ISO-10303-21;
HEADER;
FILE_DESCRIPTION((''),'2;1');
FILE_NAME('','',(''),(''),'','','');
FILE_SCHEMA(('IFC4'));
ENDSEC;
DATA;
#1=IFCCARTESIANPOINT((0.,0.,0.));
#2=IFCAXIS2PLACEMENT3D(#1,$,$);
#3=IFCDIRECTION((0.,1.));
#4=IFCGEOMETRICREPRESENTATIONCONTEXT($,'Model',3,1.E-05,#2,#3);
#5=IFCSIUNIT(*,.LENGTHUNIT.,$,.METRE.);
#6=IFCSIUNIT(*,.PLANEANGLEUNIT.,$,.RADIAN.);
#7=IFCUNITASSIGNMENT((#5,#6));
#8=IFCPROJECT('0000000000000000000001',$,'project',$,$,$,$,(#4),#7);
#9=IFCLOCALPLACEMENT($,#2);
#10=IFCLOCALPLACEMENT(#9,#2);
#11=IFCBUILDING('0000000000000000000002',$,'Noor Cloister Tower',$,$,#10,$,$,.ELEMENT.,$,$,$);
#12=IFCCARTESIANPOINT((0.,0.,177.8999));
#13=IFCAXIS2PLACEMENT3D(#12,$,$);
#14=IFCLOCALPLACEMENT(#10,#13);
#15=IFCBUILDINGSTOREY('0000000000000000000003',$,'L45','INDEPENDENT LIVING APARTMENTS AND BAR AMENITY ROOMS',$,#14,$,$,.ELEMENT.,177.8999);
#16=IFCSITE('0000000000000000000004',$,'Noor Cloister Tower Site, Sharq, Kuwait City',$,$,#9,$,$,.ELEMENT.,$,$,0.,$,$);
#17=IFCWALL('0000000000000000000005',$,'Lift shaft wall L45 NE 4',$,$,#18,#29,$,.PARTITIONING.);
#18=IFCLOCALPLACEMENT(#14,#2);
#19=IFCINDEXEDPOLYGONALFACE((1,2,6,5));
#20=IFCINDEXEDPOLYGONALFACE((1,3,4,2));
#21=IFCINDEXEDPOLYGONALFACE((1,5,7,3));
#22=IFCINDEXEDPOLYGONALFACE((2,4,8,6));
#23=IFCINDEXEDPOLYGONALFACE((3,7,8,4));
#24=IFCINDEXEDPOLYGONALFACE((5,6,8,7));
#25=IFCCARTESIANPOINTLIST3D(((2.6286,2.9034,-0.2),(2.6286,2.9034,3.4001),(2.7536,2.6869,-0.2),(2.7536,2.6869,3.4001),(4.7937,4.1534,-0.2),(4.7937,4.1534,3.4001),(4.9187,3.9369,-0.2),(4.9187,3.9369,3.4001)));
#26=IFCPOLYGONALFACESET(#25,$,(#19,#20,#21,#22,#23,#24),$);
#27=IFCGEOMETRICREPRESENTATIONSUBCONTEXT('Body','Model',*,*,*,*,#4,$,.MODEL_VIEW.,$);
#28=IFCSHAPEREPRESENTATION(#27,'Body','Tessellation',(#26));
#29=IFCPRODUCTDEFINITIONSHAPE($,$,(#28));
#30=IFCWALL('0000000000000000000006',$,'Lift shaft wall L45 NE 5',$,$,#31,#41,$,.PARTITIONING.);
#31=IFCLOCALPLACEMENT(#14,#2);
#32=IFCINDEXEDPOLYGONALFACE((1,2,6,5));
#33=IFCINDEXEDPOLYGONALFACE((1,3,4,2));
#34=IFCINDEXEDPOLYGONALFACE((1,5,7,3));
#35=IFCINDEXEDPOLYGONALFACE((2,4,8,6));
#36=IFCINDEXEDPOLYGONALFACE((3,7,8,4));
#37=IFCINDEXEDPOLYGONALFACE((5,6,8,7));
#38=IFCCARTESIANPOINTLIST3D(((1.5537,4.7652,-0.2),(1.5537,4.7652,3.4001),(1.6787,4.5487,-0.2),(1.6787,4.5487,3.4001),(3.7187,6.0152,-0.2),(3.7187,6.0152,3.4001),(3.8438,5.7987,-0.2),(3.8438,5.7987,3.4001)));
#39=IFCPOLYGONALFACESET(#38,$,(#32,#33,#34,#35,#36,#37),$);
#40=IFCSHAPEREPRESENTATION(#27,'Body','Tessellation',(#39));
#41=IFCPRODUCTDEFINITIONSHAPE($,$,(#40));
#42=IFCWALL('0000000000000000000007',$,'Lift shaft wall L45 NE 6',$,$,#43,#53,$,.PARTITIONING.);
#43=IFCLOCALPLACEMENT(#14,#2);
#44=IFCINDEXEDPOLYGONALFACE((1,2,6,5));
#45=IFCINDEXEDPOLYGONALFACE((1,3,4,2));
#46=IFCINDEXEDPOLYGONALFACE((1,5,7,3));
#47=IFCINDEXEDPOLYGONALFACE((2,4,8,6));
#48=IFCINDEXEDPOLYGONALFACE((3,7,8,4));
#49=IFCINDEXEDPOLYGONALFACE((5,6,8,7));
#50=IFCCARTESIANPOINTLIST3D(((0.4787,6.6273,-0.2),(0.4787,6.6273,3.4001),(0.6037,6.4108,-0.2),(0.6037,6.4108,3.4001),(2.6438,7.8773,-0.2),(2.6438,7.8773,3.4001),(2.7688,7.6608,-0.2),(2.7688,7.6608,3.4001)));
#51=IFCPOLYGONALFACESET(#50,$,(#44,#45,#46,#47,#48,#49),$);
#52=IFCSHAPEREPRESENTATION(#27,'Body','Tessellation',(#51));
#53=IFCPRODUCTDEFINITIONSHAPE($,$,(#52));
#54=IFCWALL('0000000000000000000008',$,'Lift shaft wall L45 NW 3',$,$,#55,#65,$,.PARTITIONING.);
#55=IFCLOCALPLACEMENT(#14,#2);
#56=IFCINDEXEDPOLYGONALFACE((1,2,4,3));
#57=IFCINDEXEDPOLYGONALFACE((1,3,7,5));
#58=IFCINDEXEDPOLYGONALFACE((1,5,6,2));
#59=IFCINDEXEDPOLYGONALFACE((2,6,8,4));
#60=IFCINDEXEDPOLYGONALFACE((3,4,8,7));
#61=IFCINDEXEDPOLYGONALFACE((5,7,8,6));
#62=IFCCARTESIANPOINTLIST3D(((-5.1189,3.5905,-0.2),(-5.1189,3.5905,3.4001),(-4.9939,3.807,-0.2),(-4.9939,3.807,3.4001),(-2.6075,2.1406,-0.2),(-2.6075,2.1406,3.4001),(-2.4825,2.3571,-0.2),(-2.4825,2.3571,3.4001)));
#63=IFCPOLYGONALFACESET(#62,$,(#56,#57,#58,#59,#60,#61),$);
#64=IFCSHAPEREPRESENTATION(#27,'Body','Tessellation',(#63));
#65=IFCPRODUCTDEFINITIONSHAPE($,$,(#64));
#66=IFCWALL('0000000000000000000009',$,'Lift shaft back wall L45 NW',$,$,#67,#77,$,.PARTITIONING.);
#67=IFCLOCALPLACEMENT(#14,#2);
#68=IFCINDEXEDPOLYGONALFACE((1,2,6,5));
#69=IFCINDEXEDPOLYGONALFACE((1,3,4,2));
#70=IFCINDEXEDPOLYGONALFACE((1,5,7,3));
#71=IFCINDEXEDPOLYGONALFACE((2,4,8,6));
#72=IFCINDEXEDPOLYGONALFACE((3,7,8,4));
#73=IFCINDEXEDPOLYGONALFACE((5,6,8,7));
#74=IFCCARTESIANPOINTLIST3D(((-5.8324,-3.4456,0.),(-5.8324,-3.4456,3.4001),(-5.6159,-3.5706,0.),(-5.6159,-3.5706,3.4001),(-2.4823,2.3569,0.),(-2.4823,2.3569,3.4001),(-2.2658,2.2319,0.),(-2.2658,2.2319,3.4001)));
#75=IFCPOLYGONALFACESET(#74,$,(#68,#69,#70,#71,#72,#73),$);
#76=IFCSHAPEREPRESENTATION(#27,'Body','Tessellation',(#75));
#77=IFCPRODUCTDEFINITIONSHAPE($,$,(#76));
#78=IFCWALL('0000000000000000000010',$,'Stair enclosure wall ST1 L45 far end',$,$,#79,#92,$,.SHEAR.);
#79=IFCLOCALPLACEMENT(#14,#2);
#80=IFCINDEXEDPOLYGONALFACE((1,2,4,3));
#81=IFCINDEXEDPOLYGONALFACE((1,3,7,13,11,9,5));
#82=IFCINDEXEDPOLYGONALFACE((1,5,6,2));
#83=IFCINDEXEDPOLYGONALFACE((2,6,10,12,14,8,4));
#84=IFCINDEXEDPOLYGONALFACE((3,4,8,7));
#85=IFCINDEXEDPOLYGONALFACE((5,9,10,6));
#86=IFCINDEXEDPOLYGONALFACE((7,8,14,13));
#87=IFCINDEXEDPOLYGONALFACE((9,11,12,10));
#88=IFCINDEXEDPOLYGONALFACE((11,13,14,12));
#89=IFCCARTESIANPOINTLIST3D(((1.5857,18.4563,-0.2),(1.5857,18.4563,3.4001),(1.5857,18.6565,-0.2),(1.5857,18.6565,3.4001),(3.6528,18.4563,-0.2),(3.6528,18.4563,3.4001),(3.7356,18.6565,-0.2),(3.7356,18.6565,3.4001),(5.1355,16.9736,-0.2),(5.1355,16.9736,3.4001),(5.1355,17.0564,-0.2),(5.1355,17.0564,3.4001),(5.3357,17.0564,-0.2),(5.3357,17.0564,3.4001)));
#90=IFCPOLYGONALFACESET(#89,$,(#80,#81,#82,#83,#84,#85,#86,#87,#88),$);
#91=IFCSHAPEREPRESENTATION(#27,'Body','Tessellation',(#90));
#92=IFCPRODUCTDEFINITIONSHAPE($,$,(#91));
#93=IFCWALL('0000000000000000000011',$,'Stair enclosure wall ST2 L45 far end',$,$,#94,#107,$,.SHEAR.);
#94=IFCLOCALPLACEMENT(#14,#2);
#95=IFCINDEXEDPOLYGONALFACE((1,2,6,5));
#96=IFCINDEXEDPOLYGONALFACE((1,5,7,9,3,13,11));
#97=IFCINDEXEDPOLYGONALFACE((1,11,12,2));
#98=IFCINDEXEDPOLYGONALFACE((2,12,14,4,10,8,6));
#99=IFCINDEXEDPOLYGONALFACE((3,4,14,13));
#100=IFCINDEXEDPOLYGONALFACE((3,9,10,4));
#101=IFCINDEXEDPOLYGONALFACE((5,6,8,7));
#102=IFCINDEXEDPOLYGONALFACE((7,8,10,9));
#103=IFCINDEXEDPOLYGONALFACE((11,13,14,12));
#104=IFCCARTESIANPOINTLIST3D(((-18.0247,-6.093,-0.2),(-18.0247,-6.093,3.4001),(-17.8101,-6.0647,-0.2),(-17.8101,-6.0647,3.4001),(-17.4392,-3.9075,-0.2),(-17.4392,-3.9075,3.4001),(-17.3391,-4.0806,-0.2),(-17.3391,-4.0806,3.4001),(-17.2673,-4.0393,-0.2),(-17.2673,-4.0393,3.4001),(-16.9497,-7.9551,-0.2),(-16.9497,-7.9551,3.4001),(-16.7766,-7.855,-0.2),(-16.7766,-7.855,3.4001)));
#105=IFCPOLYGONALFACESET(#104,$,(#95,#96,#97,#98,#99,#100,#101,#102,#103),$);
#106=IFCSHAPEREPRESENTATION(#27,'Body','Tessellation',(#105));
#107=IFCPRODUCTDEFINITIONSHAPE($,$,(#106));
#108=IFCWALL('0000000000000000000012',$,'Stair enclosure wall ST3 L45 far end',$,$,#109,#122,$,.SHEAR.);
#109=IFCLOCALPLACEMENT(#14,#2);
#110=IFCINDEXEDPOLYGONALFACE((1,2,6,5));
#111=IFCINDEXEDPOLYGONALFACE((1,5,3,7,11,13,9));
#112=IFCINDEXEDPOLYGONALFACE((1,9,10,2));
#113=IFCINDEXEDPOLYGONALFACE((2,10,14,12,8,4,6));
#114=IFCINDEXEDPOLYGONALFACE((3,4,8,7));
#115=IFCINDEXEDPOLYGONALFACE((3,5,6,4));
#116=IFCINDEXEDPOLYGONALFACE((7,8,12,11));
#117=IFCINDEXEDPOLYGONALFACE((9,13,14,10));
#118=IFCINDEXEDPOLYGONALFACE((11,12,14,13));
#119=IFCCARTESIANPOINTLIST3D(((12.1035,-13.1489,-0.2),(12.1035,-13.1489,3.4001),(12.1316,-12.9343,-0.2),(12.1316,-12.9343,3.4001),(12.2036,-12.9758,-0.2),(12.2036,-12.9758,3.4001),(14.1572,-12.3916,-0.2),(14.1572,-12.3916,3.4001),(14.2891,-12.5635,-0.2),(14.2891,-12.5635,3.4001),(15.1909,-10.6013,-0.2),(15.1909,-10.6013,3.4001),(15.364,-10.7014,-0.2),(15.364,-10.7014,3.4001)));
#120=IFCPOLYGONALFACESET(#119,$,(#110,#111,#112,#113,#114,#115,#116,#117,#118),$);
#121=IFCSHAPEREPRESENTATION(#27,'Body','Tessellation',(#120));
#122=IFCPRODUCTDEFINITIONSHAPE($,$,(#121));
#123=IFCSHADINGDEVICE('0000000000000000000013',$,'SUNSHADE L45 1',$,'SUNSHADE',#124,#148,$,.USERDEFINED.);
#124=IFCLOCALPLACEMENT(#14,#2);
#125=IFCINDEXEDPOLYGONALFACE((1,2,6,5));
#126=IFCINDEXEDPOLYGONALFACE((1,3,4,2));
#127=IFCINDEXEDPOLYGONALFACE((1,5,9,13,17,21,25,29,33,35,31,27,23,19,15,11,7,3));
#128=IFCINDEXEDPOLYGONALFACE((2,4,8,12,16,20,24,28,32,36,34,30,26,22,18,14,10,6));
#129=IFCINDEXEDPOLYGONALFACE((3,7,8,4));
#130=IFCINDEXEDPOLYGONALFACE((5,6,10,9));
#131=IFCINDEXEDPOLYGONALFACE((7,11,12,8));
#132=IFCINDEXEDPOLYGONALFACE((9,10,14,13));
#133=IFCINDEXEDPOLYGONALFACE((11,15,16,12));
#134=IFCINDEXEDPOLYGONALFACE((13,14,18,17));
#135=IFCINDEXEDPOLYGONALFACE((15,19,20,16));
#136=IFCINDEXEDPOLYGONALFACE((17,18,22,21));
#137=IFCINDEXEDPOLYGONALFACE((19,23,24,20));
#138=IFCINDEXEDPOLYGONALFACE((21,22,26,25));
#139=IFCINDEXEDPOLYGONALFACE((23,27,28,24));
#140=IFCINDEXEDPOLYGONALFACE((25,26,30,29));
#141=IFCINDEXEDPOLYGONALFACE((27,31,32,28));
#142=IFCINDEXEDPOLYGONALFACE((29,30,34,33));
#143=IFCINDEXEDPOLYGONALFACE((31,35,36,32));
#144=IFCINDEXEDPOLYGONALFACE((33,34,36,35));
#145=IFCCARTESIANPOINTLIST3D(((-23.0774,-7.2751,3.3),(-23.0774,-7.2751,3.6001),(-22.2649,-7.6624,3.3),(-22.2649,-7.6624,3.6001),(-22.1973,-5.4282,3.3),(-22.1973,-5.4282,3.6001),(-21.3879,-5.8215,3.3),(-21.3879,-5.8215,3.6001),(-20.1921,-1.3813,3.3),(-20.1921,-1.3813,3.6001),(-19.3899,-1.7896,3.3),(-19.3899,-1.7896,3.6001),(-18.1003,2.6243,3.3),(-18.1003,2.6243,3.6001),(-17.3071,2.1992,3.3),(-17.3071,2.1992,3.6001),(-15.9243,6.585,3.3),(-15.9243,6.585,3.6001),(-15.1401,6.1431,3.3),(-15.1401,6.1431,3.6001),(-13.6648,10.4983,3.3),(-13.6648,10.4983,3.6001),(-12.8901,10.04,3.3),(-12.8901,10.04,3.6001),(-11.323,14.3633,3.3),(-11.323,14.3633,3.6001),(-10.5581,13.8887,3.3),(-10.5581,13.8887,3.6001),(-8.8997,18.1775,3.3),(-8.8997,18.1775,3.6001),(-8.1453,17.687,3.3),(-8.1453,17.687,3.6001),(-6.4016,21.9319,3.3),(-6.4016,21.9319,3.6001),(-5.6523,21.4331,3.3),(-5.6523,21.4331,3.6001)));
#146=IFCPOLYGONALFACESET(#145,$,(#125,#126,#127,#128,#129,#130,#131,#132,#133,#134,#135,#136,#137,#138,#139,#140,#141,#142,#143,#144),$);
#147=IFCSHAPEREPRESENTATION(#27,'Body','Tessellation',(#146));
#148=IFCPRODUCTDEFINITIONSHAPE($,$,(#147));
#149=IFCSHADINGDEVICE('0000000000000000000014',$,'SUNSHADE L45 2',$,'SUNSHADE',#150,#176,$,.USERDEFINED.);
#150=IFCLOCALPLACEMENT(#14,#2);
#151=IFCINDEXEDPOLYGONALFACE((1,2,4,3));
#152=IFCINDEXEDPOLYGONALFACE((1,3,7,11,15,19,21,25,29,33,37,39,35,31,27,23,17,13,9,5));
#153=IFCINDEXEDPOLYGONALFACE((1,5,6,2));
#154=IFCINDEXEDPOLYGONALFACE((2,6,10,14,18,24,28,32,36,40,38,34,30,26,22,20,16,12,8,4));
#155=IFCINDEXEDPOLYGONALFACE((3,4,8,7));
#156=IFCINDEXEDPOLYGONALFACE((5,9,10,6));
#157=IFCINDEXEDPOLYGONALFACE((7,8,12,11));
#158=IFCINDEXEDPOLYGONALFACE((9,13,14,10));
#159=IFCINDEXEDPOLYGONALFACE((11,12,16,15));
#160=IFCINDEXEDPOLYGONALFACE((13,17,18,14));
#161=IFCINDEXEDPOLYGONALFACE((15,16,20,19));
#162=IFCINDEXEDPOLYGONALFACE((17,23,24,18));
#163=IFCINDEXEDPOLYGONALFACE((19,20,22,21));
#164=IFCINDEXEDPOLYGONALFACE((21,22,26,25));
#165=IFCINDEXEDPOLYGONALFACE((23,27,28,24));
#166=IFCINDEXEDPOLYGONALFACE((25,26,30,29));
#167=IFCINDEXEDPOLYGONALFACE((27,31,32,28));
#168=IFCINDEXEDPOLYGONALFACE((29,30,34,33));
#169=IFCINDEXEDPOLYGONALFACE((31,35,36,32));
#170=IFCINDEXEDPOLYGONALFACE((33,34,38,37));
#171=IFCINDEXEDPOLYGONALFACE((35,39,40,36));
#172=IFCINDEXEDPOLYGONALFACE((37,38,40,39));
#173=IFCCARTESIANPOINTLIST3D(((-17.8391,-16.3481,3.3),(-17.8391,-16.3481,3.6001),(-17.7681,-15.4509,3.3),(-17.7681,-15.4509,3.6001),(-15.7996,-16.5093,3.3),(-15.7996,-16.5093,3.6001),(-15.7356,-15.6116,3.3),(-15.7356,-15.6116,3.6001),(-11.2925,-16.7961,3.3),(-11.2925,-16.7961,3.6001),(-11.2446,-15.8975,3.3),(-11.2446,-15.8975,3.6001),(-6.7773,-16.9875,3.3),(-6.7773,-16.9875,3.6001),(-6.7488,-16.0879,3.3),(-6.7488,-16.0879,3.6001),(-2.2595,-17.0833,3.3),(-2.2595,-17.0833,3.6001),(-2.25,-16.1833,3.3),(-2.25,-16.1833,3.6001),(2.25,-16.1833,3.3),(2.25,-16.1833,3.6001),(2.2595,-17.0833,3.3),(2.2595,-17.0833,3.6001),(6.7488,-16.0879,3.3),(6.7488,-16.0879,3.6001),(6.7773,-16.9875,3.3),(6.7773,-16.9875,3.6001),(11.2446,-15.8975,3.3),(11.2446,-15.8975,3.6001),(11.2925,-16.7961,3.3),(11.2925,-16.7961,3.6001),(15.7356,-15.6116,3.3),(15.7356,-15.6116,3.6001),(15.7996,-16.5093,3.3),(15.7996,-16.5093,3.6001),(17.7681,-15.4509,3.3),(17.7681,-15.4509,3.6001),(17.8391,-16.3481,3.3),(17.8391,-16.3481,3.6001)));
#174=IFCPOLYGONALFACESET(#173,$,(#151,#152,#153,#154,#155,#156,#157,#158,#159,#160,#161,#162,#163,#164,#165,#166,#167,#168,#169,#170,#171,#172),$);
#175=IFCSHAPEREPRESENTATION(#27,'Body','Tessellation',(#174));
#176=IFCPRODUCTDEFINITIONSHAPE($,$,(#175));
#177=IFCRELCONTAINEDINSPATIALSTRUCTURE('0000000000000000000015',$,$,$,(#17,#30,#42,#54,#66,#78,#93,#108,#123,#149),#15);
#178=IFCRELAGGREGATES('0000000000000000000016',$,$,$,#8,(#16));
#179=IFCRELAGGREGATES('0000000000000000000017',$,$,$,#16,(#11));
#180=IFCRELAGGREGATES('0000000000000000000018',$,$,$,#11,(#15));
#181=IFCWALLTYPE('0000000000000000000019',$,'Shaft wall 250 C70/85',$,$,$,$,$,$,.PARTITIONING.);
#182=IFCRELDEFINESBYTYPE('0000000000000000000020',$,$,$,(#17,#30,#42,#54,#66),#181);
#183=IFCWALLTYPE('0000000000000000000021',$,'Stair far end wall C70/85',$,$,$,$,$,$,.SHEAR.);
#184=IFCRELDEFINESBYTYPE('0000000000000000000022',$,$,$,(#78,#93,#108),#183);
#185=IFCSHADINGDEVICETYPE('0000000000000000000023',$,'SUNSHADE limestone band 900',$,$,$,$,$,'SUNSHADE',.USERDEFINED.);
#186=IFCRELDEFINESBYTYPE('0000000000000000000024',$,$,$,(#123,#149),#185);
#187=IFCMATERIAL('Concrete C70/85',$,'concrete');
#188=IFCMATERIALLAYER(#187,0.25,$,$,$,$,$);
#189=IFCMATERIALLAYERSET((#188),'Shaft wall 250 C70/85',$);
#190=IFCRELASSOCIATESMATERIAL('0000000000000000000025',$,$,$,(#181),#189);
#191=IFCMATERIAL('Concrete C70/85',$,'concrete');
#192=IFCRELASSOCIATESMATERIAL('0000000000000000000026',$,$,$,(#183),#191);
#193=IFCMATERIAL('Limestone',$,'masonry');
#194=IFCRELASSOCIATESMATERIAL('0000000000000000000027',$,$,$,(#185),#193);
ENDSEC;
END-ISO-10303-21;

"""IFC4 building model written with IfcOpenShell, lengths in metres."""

from ifc_helpers import new_model, si_unit, direction, frame, frame_2d, origin, place, context, subcontext, project, spatial, polyline, rectangle, outline, extrude, material, layer, layer_set, type_object, element, save


model = new_model("IFC4")

# Units and contexts
model_context = context("Model", 3, precision=1e-05, world=origin(), true_north=direction((0.0, 1.0)))
body_context = subcontext(model_context, "Body", "Model", "MODEL_VIEW")
ifc_project = project(units=[si_unit("LENGTHUNIT", "METRE"), si_unit("PLANEANGLEUNIT", "RADIAN")], contexts=[model_context])

# Site, building, storey
site_placement = place(None, origin())
site = spatial("IfcSite", under=ifc_project, at=site_placement, Name="Noor Cloister Tower Site, Sharq, Kuwait City", CompositionType="ELEMENT", RefElevation=0.0)
building_placement = place(site_placement, origin())
building = spatial("IfcBuilding", under=site, at=building_placement, Name="Noor Cloister Tower", CompositionType="ELEMENT")
storey_placement = place(building_placement, frame((0.0, 0.0, 177.8999)))
storey = spatial("IfcBuildingStorey", under=building, at=storey_placement, Name="L45", Description="INDEPENDENT LIVING APARTMENTS AND BAR AMENITY ROOMS", CompositionType="ELEMENT", Elevation=177.8999)

# Walls
ifc_material_1 = material(Name="Concrete C70/85", Category="concrete")
ifc_layer_1 = layer(ifc_material_1, 0.25)
ifc_layer_set_1 = layer_set([ifc_layer_1], Name="Shaft wall 250 C70/85")
wall_type_1 = type_object("IfcWallType", Name="Shaft wall 250 C70/85", PredefinedType="PARTITIONING", material=ifc_layer_set_1)
for number, where, z_axis, x_axis, name in (
    (1, (4.8562, 4.0452, -0.2), (0.0, 0.0, 1.0), (-0.866023, -0.500004, 0.0), "Lift shaft wall L45 NE 4"),
    (2, (3.7812, 5.907, -0.2), (0.0, 0.0, 1.0), (-0.866023, -0.500004, 0.0), "Lift shaft wall L45 NE 5"),
    (3, (2.7063, 7.769, -0.2), (0.0, 0.0, 1.0), (-0.866023, -0.500004, 0.0), "Lift shaft wall L45 NE 6"),
):
    element("IfcWall", number, at=place(storey_placement, frame(where, z_axis=z_axis, x_axis=x_axis)), inside=storey, type_object=wall_type_1, Name=name, PredefinedType="PARTITIONING", context=body_context, shape_type="SweptSolid", body=[
        extrude(rectangle(XDim=2.5, YDim=0.25, at=frame_2d((1.25, 0.0))), origin(), (0.0, 0.0, 1.0), 3.6001),
    ])
wall_1_placement = place(storey_placement, frame((-5.0564, 3.6987, -0.2), z_axis=(0.0, 0.0, 1.0), x_axis=(0.866033, -0.499987, 0.0)))
element("IfcWall", 4, at=wall_1_placement, inside=storey, type_object=wall_type_1, Name="Lift shaft wall L45 NW 3", PredefinedType="PARTITIONING", context=body_context, shape_type="SweptSolid", body=[
    extrude(rectangle(XDim=2.8999, YDim=0.25, at=frame_2d((1.45, 0.0))), origin(), (0.0, 0.0, 1.0), 3.6001),
])
wall_2_placement = place(storey_placement, frame((-2.374, 2.2944, 0.0), z_axis=(0.0, 0.0, 1.0), x_axis=(-0.500003, -0.866024, 0.0)))
element("IfcWall", 5, at=wall_2_placement, inside=storey, type_object=wall_type_1, Name="Lift shaft back wall L45 NW", PredefinedType="PARTITIONING", context=body_context, shape_type="SweptSolid", body=[
    extrude(rectangle(XDim=6.7002, YDim=0.25, at=frame_2d((3.3501, 0.0))), origin(), (0.0, 0.0, 1.0), 3.4001),
])
ifc_material_2 = material(Name="Concrete C70/85", Category="concrete")
wall_type_2 = type_object("IfcWallType", Name="Stair far end wall C70/85", PredefinedType="SHEAR", material=ifc_material_2)
wall_3_placement = place(storey_placement, frame((0.0, 0.0, -0.2)))
element("IfcWall", 6, at=wall_3_placement, inside=storey, type_object=wall_type_2, Name="Stair enclosure wall ST1 L45 far end", PredefinedType="SHEAR", context=body_context, shape_type="SweptSolid", body=[
    extrude(outline(polyline([(5.3357, 17.0564), (3.7356, 18.6565), (1.5857, 18.6565), (1.5857, 18.4563), (3.6528, 18.4563), (5.1355, 16.9736), (5.1355, 17.0564), (5.1355, 17.0564), (5.1355, 17.0564), (5.1355, 17.0564), (5.1355, 17.0564), (5.1355, 17.0564), (5.1355, 17.0564), (5.1355, 17.0564), (5.1355, 17.0564), (5.1355, 17.0564), (5.1355, 17.0564), (5.1355, 17.0564), (5.1355, 17.0564), (5.1355, 17.0564), (5.1355, 17.0564), (5.1355, 17.0564), (5.1355, 17.0564), (5.3357, 17.0564)])), origin(), (0.0, 0.0, 1.0), 3.6001),
])
wall_4_placement = place(storey_placement, frame((0.0, 0.0, -0.2)))
element("IfcWall", 7, at=wall_4_placement, inside=storey, type_object=wall_type_2, Name="Stair enclosure wall ST2 L45 far end", PredefinedType="SHEAR", context=body_context, shape_type="SweptSolid", body=[
    extrude(outline(polyline([(-17.4392, -3.9075), (-18.0247, -6.093), (-16.9497, -7.9551), (-16.7766, -7.855), (-17.8101, -6.0647), (-17.2673, -4.0393), (-17.3391, -4.0806), (-17.3391, -4.0806), (-17.3391, -4.0806), (-17.3391, -4.0806), (-17.3391, -4.0806), (-17.3391, -4.0806), (-17.3391, -4.0806), (-17.3391, -4.0806), (-17.3391, -4.0806), (-17.3391, -4.0806), (-17.3391, -4.0806), (-17.3391, -4.0806), (-17.3391, -4.0806), (-17.3391, -4.0806), (-17.3391, -4.0806), (-17.3391, -4.0806), (-17.3391, -4.0806), (-17.4392, -3.9075)])), origin(), (0.0, 0.0, 1.0), 3.6001),
])
wall_5_placement = place(storey_placement, frame((0.0, 0.0, -0.2)))
element("IfcWall", 8, at=wall_5_placement, inside=storey, type_object=wall_type_2, Name="Stair enclosure wall ST3 L45 far end", PredefinedType="SHEAR", context=body_context, shape_type="SweptSolid", body=[
    extrude(outline(polyline([(12.1035, -13.1489), (14.2891, -12.5635), (15.364, -10.7014), (15.1909, -10.6013), (14.1572, -12.3916), (12.1316, -12.9343), (12.2036, -12.9758), (12.2036, -12.9758), (12.2036, -12.9758), (12.2036, -12.9758), (12.2036, -12.9758), (12.2036, -12.9758), (12.2036, -12.9758), (12.2036, -12.9758), (12.2036, -12.9758), (12.2036, -12.9758), (12.2036, -12.9758), (12.2036, -12.9758), (12.2036, -12.9758), (12.2036, -12.9758), (12.2036, -12.9758), (12.2036, -12.9758), (12.2036, -12.9758), (12.1035, -13.1489)])), origin(), (0.0, 0.0, 1.0), 3.6001),
])

# Shading devices
ifc_material_3 = material(Name="Limestone", Category="masonry")
shading_device_type = type_object("IfcShadingDeviceType", Name="SUNSHADE limestone band 900", ElementType="SUNSHADE", PredefinedType="USERDEFINED", material=ifc_material_3)
shading_device_1_placement = place(storey_placement, frame((0.0, 0.0, 3.3)))
element("IfcShadingDevice", 9, at=shading_device_1_placement, inside=storey, type_object=shading_device_type, Name="SUNSHADE L45 1", ObjectType="SUNSHADE", PredefinedType="USERDEFINED", context=body_context, shape_type="SweptSolid", body=[
    extrude(outline(polyline([(-6.4016, 21.9319), (-8.8997, 18.1775), (-11.323, 14.3633), (-13.6648, 10.4983), (-15.9243, 6.585), (-18.1003, 2.6243), (-20.1921, -1.3813), (-22.1973, -5.4282), (-23.0774, -7.2751), (-22.2649, -7.6624), (-21.3879, -5.8215), (-19.3899, -1.7896), (-17.3071, 2.1992), (-15.1401, 6.1431), (-12.8901, 10.04), (-10.5581, 13.8887), (-8.1453, 17.687), (-5.6523, 21.4331), (-6.4016, 21.9319)])), origin(), (0.0, 0.0, 1.0), 0.3),
])
shading_device_2_placement = place(storey_placement, frame((0.0, 0.0, 3.3)))
element("IfcShadingDevice", 10, at=shading_device_2_placement, inside=storey, type_object=shading_device_type, Name="SUNSHADE L45 2", ObjectType="SUNSHADE", PredefinedType="USERDEFINED", context=body_context, shape_type="SweptSolid", body=[
    extrude(outline(polyline([(-17.8391, -16.3481), (-15.7996, -16.5093), (-11.2925, -16.7961), (-6.7773, -16.9875), (-2.2595, -17.0833), (2.2595, -17.0833), (6.7773, -16.9875), (11.2925, -16.7961), (15.7996, -16.5093), (17.8391, -16.3481), (17.7681, -15.4509), (15.7356, -15.6116), (11.2446, -15.8975), (6.7488, -16.0879), (2.25, -16.1833), (-2.25, -16.1833), (-6.7488, -16.0879), (-11.2446, -15.8975), (-15.7356, -15.6116), (-17.7681, -15.4509), (-17.8391, -16.3481)])), origin(), (0.0, 0.0, 1.0), 0.3),
])

save(model, "model.ifc")
